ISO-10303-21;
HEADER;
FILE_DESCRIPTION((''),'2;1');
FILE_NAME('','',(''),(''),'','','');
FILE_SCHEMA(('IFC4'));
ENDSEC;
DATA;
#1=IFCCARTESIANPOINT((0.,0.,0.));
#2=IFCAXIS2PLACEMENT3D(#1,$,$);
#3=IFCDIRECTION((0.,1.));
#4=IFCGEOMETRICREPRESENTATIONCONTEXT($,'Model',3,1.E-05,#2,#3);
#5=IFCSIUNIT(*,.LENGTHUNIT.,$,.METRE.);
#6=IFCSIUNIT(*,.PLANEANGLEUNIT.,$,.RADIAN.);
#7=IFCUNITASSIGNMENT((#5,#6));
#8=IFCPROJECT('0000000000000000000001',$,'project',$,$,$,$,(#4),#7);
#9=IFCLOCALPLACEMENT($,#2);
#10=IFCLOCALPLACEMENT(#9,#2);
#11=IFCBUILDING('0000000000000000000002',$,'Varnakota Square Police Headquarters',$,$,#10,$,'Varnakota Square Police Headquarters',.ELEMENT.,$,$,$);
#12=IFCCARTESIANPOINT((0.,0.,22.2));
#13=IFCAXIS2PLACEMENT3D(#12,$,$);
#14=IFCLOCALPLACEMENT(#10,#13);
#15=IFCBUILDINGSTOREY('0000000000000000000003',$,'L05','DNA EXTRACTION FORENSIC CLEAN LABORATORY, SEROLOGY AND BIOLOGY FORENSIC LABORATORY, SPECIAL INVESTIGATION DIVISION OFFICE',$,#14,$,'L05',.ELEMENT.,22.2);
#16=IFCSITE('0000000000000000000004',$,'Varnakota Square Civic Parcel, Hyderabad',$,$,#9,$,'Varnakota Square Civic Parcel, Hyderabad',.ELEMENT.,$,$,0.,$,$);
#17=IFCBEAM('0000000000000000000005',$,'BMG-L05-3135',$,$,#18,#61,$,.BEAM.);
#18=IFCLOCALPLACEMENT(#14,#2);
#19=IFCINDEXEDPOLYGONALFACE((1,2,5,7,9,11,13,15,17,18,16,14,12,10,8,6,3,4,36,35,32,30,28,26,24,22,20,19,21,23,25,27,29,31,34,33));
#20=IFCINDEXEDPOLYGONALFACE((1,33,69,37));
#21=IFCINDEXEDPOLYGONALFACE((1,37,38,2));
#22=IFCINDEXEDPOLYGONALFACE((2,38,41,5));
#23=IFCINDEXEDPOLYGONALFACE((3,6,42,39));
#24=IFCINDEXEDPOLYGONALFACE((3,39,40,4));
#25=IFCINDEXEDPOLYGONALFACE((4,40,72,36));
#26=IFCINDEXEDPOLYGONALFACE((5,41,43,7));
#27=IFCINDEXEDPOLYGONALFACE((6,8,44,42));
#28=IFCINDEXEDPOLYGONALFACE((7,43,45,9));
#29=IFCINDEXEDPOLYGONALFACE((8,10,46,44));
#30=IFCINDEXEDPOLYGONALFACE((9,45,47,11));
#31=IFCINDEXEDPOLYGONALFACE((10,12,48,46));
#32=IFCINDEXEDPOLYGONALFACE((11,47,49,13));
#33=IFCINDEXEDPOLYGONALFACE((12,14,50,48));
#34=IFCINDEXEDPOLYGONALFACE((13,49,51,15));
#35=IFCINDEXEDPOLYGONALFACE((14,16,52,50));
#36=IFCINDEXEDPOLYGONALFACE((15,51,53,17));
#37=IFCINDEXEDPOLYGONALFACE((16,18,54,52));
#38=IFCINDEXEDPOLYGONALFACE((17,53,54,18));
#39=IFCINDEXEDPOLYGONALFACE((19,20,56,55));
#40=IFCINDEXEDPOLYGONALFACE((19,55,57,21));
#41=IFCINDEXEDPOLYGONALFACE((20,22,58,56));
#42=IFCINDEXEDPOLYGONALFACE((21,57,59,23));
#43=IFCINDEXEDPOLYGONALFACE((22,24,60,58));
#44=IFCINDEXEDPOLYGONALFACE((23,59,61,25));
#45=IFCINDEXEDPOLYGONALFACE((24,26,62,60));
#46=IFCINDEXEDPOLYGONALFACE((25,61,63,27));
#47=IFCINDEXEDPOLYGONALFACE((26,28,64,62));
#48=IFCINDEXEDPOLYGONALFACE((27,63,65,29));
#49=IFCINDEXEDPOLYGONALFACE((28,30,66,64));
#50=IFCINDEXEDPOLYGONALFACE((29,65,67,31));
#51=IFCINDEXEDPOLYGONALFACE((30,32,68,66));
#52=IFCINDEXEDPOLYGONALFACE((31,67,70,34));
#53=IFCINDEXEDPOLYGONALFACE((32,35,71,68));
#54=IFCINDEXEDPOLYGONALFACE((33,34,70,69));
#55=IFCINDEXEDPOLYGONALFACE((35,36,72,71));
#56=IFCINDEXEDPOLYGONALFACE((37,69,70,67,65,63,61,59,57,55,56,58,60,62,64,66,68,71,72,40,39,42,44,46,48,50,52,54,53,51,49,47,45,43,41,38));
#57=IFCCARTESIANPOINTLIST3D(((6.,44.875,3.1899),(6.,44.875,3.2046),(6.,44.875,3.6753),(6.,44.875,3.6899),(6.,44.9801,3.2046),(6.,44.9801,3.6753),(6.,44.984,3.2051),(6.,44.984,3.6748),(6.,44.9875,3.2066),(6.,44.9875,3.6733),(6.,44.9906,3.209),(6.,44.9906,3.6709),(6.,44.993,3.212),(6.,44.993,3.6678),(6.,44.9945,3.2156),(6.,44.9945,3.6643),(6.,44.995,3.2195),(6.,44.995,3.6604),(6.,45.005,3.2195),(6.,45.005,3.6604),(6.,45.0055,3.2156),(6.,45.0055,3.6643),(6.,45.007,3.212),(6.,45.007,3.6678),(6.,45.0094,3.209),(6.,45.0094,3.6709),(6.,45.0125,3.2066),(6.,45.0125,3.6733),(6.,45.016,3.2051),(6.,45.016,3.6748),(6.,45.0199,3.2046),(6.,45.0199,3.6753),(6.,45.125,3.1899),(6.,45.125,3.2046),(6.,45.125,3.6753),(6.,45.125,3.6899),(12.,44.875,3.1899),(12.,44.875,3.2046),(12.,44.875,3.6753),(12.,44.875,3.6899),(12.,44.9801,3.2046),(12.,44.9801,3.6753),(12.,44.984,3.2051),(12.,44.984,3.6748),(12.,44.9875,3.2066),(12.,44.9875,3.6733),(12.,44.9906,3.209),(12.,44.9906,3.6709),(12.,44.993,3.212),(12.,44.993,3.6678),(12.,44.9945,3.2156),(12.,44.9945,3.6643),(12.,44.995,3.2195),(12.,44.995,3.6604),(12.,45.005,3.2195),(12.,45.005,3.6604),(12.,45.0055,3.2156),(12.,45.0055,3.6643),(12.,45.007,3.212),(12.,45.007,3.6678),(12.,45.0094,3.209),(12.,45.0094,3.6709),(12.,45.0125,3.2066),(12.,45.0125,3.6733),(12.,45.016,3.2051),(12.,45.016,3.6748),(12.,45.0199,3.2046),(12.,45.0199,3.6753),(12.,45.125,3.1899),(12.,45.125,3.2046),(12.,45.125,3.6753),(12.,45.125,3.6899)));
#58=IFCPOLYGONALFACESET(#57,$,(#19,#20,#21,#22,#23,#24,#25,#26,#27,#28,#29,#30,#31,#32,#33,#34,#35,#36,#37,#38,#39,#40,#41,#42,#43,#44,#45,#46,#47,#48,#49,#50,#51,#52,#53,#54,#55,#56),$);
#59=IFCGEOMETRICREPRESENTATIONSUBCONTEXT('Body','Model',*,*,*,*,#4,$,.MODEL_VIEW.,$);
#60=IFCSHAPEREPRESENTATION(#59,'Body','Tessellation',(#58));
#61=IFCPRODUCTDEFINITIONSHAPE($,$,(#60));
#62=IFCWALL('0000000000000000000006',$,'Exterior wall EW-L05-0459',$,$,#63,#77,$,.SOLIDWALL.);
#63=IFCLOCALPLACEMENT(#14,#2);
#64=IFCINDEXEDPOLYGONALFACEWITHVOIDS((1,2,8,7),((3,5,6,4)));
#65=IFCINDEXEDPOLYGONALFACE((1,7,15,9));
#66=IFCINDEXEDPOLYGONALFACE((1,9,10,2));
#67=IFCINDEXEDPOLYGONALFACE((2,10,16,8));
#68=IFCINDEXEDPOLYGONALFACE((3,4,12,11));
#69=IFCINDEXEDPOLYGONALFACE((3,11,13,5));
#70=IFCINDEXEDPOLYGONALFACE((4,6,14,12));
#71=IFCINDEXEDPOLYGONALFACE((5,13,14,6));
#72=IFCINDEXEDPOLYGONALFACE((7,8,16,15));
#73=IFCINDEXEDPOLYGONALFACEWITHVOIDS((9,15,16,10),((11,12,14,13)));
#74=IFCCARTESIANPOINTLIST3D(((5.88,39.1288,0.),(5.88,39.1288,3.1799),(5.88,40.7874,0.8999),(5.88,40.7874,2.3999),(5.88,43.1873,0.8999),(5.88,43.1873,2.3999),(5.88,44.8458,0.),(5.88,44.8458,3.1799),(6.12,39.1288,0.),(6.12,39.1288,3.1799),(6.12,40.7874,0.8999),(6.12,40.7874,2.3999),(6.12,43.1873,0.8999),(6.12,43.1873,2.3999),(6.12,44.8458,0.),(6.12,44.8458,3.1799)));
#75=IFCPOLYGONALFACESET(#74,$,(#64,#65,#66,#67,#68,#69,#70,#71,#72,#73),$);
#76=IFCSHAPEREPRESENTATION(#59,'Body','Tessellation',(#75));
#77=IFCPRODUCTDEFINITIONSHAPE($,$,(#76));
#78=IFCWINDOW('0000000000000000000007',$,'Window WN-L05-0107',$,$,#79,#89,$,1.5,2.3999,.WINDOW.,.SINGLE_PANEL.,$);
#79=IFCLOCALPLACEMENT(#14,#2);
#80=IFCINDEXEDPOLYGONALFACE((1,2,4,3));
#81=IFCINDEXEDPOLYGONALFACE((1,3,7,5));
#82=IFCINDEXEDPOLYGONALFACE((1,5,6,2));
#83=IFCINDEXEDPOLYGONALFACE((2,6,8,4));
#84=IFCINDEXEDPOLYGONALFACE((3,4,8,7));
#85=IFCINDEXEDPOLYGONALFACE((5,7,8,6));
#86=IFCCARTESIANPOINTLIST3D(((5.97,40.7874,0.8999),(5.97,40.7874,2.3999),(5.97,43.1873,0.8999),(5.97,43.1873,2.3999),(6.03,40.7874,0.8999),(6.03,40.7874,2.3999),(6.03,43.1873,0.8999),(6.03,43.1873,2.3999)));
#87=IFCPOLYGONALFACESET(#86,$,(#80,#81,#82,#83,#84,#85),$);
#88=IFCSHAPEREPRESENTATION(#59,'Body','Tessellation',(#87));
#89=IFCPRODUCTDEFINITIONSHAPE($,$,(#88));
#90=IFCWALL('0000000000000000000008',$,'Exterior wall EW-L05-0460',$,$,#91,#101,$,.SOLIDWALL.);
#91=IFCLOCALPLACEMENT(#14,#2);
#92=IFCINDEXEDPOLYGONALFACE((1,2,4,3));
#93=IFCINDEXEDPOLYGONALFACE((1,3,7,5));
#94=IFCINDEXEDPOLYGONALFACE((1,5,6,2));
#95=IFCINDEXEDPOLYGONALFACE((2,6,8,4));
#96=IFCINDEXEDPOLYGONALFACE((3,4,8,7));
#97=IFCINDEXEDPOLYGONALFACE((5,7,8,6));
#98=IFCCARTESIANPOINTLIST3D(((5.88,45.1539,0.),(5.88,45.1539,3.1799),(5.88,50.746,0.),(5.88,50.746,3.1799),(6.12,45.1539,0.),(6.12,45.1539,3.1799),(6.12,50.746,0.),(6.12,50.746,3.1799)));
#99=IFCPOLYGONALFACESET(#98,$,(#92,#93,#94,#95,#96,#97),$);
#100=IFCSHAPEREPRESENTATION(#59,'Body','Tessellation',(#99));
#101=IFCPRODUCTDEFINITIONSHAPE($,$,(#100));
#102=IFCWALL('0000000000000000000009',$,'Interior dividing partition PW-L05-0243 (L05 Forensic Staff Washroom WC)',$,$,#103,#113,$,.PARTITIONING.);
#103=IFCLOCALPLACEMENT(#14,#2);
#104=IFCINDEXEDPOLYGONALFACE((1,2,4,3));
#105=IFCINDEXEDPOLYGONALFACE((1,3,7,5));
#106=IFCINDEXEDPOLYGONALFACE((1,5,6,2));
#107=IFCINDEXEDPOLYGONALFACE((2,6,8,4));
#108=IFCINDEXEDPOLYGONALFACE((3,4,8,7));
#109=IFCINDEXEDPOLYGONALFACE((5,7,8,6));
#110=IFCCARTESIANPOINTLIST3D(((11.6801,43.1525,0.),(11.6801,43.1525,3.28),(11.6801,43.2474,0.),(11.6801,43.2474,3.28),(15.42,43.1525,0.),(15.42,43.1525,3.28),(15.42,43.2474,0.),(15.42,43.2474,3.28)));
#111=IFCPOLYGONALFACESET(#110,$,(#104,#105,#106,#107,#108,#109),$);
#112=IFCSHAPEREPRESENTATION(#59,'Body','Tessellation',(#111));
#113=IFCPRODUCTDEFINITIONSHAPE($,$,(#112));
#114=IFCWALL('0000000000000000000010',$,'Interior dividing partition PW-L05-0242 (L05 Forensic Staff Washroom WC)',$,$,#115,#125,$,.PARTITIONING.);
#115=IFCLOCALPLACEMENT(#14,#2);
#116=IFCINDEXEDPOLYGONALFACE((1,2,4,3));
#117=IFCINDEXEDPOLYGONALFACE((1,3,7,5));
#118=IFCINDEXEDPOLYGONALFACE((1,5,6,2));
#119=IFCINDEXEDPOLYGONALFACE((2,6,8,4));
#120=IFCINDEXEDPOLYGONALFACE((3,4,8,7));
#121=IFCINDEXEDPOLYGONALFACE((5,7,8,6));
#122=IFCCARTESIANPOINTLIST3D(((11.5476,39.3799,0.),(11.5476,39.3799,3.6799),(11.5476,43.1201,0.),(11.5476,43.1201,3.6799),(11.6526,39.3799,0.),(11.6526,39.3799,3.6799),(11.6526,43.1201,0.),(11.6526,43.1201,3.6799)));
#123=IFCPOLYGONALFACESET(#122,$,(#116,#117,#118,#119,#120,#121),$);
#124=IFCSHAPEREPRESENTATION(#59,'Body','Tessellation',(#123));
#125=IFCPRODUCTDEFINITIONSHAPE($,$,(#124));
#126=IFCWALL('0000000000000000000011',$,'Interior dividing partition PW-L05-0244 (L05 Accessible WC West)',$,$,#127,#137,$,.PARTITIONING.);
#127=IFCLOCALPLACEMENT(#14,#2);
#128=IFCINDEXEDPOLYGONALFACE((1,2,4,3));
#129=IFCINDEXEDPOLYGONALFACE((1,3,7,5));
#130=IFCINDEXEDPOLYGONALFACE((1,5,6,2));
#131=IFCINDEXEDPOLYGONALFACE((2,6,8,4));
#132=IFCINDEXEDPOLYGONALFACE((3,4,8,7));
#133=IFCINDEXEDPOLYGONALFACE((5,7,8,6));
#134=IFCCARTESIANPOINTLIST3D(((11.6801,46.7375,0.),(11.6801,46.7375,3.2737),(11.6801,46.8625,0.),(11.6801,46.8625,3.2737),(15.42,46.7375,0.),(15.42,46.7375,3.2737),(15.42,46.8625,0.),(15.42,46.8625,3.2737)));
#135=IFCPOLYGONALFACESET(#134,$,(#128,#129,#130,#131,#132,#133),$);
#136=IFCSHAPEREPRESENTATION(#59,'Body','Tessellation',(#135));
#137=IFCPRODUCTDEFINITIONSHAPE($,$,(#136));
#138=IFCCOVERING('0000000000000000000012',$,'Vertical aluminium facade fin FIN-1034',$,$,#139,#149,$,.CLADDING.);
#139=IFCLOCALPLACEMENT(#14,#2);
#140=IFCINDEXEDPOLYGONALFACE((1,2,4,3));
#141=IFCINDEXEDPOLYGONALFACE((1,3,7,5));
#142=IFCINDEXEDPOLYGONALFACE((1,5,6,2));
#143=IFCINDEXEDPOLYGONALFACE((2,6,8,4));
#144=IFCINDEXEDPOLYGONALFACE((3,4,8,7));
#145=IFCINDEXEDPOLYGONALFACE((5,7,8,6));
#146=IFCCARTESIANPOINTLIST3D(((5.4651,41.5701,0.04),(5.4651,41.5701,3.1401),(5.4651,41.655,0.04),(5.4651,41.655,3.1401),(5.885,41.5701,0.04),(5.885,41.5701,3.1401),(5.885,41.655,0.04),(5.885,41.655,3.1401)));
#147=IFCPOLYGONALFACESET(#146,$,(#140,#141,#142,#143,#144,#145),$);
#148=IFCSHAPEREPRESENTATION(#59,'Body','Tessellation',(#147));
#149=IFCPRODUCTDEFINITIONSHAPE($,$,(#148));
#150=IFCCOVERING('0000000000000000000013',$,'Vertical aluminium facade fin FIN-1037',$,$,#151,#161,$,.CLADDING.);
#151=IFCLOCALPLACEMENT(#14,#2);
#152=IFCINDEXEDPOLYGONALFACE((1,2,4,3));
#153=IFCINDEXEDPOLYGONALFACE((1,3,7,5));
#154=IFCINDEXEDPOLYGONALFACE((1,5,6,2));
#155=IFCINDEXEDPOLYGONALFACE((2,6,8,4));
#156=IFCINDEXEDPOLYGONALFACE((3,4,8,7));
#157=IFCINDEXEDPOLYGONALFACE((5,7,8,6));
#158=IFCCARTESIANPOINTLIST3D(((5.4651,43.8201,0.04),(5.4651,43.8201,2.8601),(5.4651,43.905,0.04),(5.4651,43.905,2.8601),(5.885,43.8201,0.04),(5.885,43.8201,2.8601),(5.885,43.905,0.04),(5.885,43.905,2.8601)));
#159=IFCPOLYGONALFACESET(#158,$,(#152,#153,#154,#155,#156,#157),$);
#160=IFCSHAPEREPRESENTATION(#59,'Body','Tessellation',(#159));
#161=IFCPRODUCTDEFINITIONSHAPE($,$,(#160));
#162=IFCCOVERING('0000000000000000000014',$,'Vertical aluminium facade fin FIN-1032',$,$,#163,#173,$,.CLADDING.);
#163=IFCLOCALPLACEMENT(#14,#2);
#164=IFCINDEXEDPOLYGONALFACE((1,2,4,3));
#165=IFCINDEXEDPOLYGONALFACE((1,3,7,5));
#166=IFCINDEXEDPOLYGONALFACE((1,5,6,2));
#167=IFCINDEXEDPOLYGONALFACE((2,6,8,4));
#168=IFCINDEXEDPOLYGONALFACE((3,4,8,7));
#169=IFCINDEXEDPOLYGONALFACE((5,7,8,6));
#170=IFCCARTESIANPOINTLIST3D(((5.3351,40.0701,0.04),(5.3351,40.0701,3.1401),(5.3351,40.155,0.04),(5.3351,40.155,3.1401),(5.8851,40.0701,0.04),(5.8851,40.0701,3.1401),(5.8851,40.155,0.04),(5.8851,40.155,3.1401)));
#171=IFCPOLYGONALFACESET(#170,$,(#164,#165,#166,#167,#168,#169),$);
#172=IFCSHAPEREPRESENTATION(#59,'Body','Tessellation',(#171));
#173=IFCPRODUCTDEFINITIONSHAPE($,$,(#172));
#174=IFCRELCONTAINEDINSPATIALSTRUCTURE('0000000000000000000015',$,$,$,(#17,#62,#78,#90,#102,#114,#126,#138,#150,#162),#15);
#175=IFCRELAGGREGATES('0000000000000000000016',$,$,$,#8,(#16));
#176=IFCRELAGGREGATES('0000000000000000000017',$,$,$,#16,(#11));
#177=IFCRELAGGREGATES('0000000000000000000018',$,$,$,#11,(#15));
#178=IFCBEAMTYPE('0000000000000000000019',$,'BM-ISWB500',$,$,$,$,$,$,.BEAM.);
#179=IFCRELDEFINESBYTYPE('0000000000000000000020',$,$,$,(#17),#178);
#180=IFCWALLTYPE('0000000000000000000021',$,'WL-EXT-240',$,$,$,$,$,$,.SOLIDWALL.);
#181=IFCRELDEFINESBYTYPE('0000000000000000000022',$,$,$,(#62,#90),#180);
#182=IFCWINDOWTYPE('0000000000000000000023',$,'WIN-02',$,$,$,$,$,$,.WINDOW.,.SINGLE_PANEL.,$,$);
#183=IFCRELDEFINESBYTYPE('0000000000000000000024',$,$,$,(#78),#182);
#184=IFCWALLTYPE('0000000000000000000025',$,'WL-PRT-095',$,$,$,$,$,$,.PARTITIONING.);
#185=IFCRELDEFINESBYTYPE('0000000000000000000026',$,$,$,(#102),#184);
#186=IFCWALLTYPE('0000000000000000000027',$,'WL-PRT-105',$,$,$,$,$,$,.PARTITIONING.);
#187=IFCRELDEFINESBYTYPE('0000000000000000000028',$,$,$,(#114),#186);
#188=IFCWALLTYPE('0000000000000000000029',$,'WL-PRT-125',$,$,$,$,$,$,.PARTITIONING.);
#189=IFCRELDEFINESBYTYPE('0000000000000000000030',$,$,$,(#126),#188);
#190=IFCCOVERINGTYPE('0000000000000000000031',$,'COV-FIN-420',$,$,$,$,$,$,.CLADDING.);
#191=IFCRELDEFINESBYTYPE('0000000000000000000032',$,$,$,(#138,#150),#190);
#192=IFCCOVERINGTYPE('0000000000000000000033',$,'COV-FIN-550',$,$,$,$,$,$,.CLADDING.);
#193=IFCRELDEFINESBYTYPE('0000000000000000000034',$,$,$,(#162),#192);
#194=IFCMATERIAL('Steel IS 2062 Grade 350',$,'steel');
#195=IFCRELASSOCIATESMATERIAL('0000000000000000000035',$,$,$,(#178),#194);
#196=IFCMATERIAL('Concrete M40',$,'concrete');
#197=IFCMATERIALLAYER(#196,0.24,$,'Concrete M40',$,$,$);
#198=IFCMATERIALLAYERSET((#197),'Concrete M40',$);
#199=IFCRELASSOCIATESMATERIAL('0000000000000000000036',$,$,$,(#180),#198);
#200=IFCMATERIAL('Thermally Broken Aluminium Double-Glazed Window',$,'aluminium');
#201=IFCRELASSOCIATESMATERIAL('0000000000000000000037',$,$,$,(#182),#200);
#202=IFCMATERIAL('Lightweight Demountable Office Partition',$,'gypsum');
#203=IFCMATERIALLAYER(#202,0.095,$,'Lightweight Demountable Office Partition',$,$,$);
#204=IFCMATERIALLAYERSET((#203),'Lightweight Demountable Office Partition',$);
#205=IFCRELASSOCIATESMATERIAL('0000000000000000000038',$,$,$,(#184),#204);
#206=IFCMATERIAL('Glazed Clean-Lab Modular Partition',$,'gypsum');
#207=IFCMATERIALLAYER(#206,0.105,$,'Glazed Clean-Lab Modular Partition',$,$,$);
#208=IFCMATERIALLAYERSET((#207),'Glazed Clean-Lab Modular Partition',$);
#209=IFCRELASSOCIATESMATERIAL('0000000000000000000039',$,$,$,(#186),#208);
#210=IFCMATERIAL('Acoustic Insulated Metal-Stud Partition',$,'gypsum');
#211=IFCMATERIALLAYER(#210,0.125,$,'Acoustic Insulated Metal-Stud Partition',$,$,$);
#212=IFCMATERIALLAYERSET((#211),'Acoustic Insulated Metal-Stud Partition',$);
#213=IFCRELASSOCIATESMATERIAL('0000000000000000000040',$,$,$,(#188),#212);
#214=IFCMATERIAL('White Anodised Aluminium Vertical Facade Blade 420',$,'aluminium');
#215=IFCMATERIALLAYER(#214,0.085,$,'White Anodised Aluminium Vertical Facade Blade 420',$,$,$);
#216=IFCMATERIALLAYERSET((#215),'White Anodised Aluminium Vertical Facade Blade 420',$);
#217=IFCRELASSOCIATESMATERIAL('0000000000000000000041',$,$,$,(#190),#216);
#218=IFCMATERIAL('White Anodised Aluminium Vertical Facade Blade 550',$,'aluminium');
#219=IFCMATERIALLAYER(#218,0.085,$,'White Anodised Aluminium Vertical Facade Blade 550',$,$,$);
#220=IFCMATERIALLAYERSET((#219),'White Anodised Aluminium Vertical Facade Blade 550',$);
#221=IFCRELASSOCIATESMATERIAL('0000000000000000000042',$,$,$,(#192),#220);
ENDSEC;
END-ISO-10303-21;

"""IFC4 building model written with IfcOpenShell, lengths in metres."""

from ifc_helpers import new_model, si_unit, direction, frame, frame_2d, origin, origin_2d, place, context, subcontext, project, spatial, rectangle, i_section, extrude, material, layer, layer_set, material_profile, profile_set, type_object, element, fill, save


model = new_model("IFC4")

# Units and contexts
model_context = context("Model", 3, precision=1e-05, world=origin(), true_north=direction((0.0, 1.0)))
body_context = subcontext(model_context, "Body", "Model", "MODEL_VIEW")
ifc_project = project(units=[si_unit("LENGTHUNIT", "METRE"), si_unit("PLANEANGLEUNIT", "RADIAN")], contexts=[model_context])

# Site, building, storey
site_placement = place(None, origin())
site = spatial("IfcSite", under=ifc_project, at=site_placement, Name="Varnakota Square Civic Parcel, Hyderabad", LongName="Varnakota Square Civic Parcel, Hyderabad", CompositionType="ELEMENT", RefElevation=0.0)
building_placement = place(site_placement, origin())
building = spatial("IfcBuilding", under=site, at=building_placement, Name="Varnakota Square Police Headquarters", LongName="Varnakota Square Police Headquarters", CompositionType="ELEMENT")
storey_placement = place(building_placement, frame((0.0, 0.0, 22.2)))
storey = spatial("IfcBuildingStorey", under=building, at=storey_placement, Name="L05", Description="DNA EXTRACTION FORENSIC CLEAN LABORATORY, SEROLOGY AND BIOLOGY FORENSIC LABORATORY, SPECIAL INVESTIGATION DIVISION OFFICE", LongName="L05", CompositionType="ELEMENT", Elevation=22.2)

# Shared definitions
ifc_material_1 = material(Name="Steel IS 2062 Grade 350", Category="steel")

# Beam
ifc_material_profile_1 = material_profile(ifc_material_1, i_section(OverallWidth=0.25, OverallDepth=0.5, WebThickness=0.01, FlangeThickness=0.0146, FilletRadius=0.0149, at=origin_2d()), Name="ISWB 500")
ifc_profile_set_1 = profile_set([ifc_material_profile_1], Name="Steel IS 2062 Grade 350")
beam_type_1 = type_object("IfcBeamType", Name="BM-ISWB500", PredefinedType="BEAM", material=ifc_profile_set_1)
beam_1_placement = place(storey_placement, frame((6.0, 45.0, 3.4399), z_axis=(1.0, 0.0, 0.0), x_axis=(0.0, 1.0, 0.0)))
element("IfcBeam", 1, at=beam_1_placement, inside=storey, type_object=beam_type_1, Name="BMG-L05-3135", PredefinedType="BEAM", context=body_context, shape_type="SweptSolid", body=[
    extrude(i_section(OverallWidth=0.25, OverallDepth=0.5, WebThickness=0.01, FlangeThickness=0.0146, FilletRadius=0.0149, at=origin_2d()), origin(), (0.0, 0.0, 1.0), 6.0),
])

# Wall, opening, window
ifc_material_2 = material(Name="Concrete M40", Category="concrete")
ifc_layer_1 = layer(ifc_material_2, 0.24, Name="Concrete M40")
ifc_layer_set_1 = layer_set([ifc_layer_1], Name="Concrete M40")
wall_type_1 = type_object("IfcWallType", Name="WL-EXT-240", PredefinedType="SOLIDWALL", material=ifc_layer_set_1)
wall_1_placement = place(storey_placement, frame((6.0, 39.1289, 0.0), z_axis=(0.0, 0.0, 1.0), x_axis=(0.0, 1.0, 0.0)))
wall_1 = element("IfcWall", 2, at=wall_1_placement, inside=storey, type_object=wall_type_1, Name="Exterior wall EW-L05-0459", PredefinedType="SOLIDWALL", context=body_context, shape_type="SweptSolid", body=[
    extrude(rectangle(XDim=5.717, YDim=0.24, at=frame_2d((2.8584, 0.0))), origin(), (0.0, 0.0, 1.0), 3.1799),
])
opening_placement = place(wall_1_placement, frame((1.6584, 0.0, 0.8999)))
opening = element("IfcOpeningElement", 3, at=opening_placement, cuts=wall_1, PredefinedType="OPENING", context=body_context, shape_type="SweptSolid", body=[
    extrude(rectangle(XDim=2.3999, YDim=1.5, at=frame_2d((1.2, 0.75))), frame((0.0, 0.1299, 0.0), z_axis=(0.0, -1.0, 0.0), x_axis=(1.0, 0.0, 0.0)), (0.0, 0.0, 1.0), 0.26),
])
ifc_material_3 = material(Name="Thermally Broken Aluminium Double-Glazed Window", Category="aluminium")
window_type = type_object("IfcWindowType", Name="WIN-02", PartitioningType="SINGLE_PANEL", PredefinedType="WINDOW", material=ifc_material_3)
window_placement = place(opening_placement, origin())
window = element("IfcWindow", 4, at=window_placement, inside=storey, type_object=window_type, Name="Window WN-L05-0107", OverallHeight=1.5, OverallWidth=2.3999, PartitioningType="SINGLE_PANEL", PredefinedType="WINDOW", context=body_context, shape_type="SweptSolid", body=[
    extrude(rectangle(XDim=2.3999, YDim=1.5, at=frame_2d((1.2, 0.75))), frame((0.0, 0.03, 0.0), z_axis=(0.0, -1.0, 0.0), x_axis=(1.0, 0.0, 0.0)), (0.0, 0.0, 1.0), 0.0601),
])
fill(opening, window)

# Walls
wall_2_placement = place(storey_placement, frame((6.0, 45.1541, 0.0), z_axis=(0.0, 0.0, 1.0), x_axis=(0.0, 1.0, 0.0)))
element("IfcWall", 5, at=wall_2_placement, inside=storey, type_object=wall_type_1, Name="Exterior wall EW-L05-0460", PredefinedType="SOLIDWALL", context=body_context, shape_type="SweptSolid", body=[
    extrude(rectangle(XDim=5.592, YDim=0.24, at=frame_2d((2.7959, 0.0))), origin(), (0.0, 0.0, 1.0), 3.1799),
])
ifc_material_4 = material(Name="Lightweight Demountable Office Partition", Category="gypsum")
ifc_layer_2 = layer(ifc_material_4, 0.095, Name="Lightweight Demountable Office Partition")
ifc_layer_set_2 = layer_set([ifc_layer_2], Name="Lightweight Demountable Office Partition")
wall_type_2 = type_object("IfcWallType", Name="WL-PRT-095", PredefinedType="PARTITIONING", material=ifc_layer_set_2)
wall_3_placement = place(storey_placement, frame((11.6799, 43.2, 0.0), z_axis=(0.0, 0.0, 1.0), x_axis=(1.0, 0.0, 0.0)))
element("IfcWall", 6, at=wall_3_placement, inside=storey, type_object=wall_type_2, Name="Interior dividing partition PW-L05-0243 (L05 Forensic Staff Washroom WC)", PredefinedType="PARTITIONING", context=body_context, shape_type="SweptSolid", body=[
    extrude(rectangle(XDim=3.74, YDim=0.095, at=frame_2d((1.8701, 0.0))), origin(), (0.0, 0.0, 1.0), 3.28),
])
ifc_material_5 = material(Name="Glazed Clean-Lab Modular Partition", Category="gypsum")
ifc_layer_3 = layer(ifc_material_5, 0.105, Name="Glazed Clean-Lab Modular Partition")
ifc_layer_set_3 = layer_set([ifc_layer_3], Name="Glazed Clean-Lab Modular Partition")
wall_type_3 = type_object("IfcWallType", Name="WL-PRT-105", PredefinedType="PARTITIONING", material=ifc_layer_set_3)
wall_4_placement = place(storey_placement, frame((11.6001, 39.3799, 0.0), z_axis=(0.0, 0.0, 1.0), x_axis=(0.0, 1.0, 0.0)))
element("IfcWall", 7, at=wall_4_placement, inside=storey, type_object=wall_type_3, Name="Interior dividing partition PW-L05-0242 (L05 Forensic Staff Washroom WC)", PredefinedType="PARTITIONING", context=body_context, shape_type="SweptSolid", body=[
    extrude(rectangle(XDim=3.7402, YDim=0.105, at=frame_2d((1.8701, 0.0))), origin(), (0.0, 0.0, 1.0), 3.6799),
])
ifc_material_6 = material(Name="Acoustic Insulated Metal-Stud Partition", Category="gypsum")
ifc_layer_4 = layer(ifc_material_6, 0.125, Name="Acoustic Insulated Metal-Stud Partition")
ifc_layer_set_4 = layer_set([ifc_layer_4], Name="Acoustic Insulated Metal-Stud Partition")
wall_type_4 = type_object("IfcWallType", Name="WL-PRT-125", PredefinedType="PARTITIONING", material=ifc_layer_set_4)
wall_5_placement = place(storey_placement, frame((11.6799, 46.8, 0.0), z_axis=(0.0, 0.0, 1.0), x_axis=(1.0, 0.0, 0.0)))
element("IfcWall", 8, at=wall_5_placement, inside=storey, type_object=wall_type_4, Name="Interior dividing partition PW-L05-0244 (L05 Accessible WC West)", PredefinedType="PARTITIONING", context=body_context, shape_type="SweptSolid", body=[
    extrude(rectangle(XDim=3.74, YDim=0.125, at=frame_2d((1.8701, 0.0))), origin(), (0.0, 0.0, 1.0), 3.2737),
])

# Coverings
ifc_material_7 = material(Name="White Anodised Aluminium Vertical Facade Blade 420", Category="aluminium")
ifc_layer_5 = layer(ifc_material_7, 0.085, Name="White Anodised Aluminium Vertical Facade Blade 420")
ifc_layer_set_5 = layer_set([ifc_layer_5], Name="White Anodised Aluminium Vertical Facade Blade 420")
covering_type_1 = type_object("IfcCoveringType", Name="COV-FIN-420", PredefinedType="CLADDING", material=ifc_layer_set_5)
covering_1_placement = place(storey_placement, frame((5.675, 41.6125, 0.04), z_axis=(0.0, 0.0, 1.0), x_axis=(0.0, 1.0, 0.0)))
element("IfcCovering", 9, at=covering_1_placement, inside=storey, type_object=covering_type_1, Name="Vertical aluminium facade fin FIN-1034", PredefinedType="CLADDING", context=body_context, shape_type="SweptSolid", body=[
    extrude(rectangle(XDim=0.085, YDim=0.4199, at=origin_2d()), origin(), (0.0, 0.0, 1.0), 3.1001),
])
covering_2_placement = place(storey_placement, frame((5.675, 43.8625, 0.04), z_axis=(0.0, 0.0, 1.0), x_axis=(0.0, 1.0, 0.0)))
element("IfcCovering", 10, at=covering_2_placement, inside=storey, type_object=covering_type_1, Name="Vertical aluminium facade fin FIN-1037", PredefinedType="CLADDING", context=body_context, shape_type="SweptSolid", body=[
    extrude(rectangle(XDim=0.085, YDim=0.4199, at=origin_2d()), origin(), (0.0, 0.0, 1.0), 2.8201),
])
ifc_material_8 = material(Name="White Anodised Aluminium Vertical Facade Blade 550", Category="aluminium")
ifc_layer_6 = layer(ifc_material_8, 0.085, Name="White Anodised Aluminium Vertical Facade Blade 550")
ifc_layer_set_6 = layer_set([ifc_layer_6], Name="White Anodised Aluminium Vertical Facade Blade 550")
covering_type_2 = type_object("IfcCoveringType", Name="COV-FIN-550", PredefinedType="CLADDING", material=ifc_layer_set_6)
covering_3_placement = place(storey_placement, frame((5.6101, 40.1125, 0.04), z_axis=(0.0, 0.0, 1.0), x_axis=(0.0, 1.0, 0.0)))
element("IfcCovering", 11, at=covering_3_placement, inside=storey, type_object=covering_type_2, Name="Vertical aluminium facade fin FIN-1032", PredefinedType="CLADDING", context=body_context, shape_type="SweptSolid", body=[
    extrude(rectangle(XDim=0.085, YDim=0.55, at=origin_2d()), origin(), (0.0, 0.0, 1.0), 3.1001),
])

save(model, "model.ifc")
